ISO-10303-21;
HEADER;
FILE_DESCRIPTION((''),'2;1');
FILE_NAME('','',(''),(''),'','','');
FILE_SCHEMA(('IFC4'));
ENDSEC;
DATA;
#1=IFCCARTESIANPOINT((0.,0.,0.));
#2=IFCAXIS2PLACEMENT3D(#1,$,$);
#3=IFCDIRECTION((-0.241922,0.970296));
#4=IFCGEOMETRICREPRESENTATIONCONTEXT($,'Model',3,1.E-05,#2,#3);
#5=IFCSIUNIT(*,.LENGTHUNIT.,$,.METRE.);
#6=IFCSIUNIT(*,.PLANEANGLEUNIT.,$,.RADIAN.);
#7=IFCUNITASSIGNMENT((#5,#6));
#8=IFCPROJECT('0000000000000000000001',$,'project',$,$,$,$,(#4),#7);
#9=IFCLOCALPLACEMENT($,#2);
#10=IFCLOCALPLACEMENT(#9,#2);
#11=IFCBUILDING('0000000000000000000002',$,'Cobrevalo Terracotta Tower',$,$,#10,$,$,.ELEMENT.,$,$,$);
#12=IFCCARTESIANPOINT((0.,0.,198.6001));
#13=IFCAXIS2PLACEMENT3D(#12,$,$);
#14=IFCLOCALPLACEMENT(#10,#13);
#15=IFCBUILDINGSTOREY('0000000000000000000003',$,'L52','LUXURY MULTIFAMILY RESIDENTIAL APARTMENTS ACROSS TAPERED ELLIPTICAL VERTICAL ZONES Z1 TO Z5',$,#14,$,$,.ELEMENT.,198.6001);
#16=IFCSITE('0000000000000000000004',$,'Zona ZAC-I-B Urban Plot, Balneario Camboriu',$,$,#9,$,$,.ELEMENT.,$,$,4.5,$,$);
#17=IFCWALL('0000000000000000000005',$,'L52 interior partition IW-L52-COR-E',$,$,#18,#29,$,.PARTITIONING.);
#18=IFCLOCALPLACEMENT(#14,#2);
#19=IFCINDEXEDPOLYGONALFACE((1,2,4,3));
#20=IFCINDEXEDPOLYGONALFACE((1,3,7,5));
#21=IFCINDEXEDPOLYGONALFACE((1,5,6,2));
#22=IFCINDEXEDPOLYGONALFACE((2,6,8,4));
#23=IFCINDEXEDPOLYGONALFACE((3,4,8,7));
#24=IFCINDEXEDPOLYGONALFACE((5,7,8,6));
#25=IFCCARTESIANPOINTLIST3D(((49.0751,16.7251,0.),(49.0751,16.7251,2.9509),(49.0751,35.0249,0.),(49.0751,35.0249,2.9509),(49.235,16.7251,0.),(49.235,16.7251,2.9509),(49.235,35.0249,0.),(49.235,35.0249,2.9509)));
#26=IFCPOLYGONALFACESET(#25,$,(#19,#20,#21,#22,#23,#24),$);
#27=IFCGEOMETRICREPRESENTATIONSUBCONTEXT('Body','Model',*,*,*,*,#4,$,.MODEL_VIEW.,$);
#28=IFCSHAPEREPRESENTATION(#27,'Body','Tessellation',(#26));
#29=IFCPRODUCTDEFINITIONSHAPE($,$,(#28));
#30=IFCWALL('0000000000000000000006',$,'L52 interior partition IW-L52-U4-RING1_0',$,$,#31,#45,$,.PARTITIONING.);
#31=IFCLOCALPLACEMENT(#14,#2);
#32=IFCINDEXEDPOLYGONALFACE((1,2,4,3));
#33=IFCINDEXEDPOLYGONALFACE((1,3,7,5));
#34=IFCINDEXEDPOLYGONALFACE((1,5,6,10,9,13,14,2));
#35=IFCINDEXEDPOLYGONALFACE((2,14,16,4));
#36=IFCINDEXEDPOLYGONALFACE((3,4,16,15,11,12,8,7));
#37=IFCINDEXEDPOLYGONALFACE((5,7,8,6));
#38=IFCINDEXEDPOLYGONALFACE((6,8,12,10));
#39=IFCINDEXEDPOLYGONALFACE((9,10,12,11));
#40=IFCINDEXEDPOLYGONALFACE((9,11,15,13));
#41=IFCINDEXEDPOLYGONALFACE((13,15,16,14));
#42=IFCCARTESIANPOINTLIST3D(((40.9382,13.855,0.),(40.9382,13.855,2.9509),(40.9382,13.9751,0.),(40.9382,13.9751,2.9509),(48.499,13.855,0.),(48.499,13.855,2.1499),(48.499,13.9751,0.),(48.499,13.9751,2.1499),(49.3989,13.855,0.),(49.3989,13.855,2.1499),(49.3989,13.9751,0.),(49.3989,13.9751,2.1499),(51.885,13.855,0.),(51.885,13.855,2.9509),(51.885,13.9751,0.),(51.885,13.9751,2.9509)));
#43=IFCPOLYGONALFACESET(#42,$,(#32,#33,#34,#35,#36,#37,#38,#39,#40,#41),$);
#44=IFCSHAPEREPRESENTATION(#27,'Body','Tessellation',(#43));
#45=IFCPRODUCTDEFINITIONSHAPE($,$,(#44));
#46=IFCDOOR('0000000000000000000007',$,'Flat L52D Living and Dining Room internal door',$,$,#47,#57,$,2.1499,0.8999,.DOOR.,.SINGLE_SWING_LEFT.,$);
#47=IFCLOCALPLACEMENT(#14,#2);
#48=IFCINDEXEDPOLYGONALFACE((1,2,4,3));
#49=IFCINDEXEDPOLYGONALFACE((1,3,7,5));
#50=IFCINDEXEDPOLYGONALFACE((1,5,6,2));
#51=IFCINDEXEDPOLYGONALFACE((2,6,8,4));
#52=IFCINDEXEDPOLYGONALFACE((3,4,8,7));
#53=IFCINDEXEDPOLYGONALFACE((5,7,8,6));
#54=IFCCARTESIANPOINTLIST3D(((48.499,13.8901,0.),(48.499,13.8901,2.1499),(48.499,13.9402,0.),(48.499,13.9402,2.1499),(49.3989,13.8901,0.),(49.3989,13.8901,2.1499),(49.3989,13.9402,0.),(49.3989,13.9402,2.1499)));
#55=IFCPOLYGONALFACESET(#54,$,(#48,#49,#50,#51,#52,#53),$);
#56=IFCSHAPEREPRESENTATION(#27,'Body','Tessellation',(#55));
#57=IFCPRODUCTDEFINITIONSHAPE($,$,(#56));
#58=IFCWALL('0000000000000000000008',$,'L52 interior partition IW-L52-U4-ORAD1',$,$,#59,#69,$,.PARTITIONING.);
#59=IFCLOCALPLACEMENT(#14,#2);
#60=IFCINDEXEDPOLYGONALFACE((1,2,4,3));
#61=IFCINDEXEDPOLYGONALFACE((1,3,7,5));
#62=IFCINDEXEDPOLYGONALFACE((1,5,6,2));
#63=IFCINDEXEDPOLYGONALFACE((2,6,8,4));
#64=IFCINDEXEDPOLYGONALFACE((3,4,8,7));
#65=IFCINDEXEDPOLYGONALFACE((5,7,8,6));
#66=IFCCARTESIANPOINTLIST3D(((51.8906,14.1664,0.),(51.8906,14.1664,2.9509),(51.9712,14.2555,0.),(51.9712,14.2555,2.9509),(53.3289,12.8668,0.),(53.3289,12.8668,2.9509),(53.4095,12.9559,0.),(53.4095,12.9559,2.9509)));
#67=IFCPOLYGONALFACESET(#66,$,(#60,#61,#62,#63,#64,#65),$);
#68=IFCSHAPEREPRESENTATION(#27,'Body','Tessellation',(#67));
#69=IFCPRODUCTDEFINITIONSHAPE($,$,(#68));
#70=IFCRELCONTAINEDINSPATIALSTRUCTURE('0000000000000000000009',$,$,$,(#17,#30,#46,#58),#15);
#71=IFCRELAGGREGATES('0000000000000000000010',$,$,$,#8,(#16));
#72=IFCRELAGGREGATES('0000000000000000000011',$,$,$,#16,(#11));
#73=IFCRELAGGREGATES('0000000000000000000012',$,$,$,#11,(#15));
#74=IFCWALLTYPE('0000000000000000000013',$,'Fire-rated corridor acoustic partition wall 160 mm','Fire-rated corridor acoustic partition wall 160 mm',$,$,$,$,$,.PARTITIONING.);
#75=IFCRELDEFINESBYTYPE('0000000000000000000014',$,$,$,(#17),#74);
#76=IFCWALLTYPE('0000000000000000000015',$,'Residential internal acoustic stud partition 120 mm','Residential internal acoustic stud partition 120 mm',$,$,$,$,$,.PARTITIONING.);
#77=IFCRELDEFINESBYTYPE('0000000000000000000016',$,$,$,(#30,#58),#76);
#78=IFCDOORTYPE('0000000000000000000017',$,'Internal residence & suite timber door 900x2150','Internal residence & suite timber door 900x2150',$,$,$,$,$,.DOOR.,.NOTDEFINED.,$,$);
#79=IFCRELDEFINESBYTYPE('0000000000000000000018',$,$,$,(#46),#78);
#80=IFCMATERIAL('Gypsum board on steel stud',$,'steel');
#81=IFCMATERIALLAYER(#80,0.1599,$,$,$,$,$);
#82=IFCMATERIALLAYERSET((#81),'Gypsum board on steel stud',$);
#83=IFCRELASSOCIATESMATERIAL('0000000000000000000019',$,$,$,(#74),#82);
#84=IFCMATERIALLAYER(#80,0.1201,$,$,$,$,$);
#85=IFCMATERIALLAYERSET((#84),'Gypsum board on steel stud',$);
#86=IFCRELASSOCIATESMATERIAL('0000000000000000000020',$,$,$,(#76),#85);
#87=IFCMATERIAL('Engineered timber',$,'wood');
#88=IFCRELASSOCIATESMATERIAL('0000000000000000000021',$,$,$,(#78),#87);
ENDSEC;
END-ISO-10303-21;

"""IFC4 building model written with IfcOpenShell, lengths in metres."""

from ifc_helpers import new_model, si_unit, direction, frame, frame_2d, origin, place, context, subcontext, project, spatial, rectangle, extrude, source, transform, mapped, material, layer, layer_set, type_object, element, fill, save


model = new_model("IFC4")

# Units and contexts
model_context = context("Model", 3, precision=1e-05, world=origin(), true_north=direction((-0.241922, 0.970296)))
body_context = subcontext(model_context, "Body", "Model", "MODEL_VIEW")
ifc_project = project(units=[si_unit("LENGTHUNIT", "METRE"), si_unit("PLANEANGLEUNIT", "RADIAN")], contexts=[model_context])

# Site, building, storey
site_placement = place(None, origin())
site = spatial("IfcSite", under=ifc_project, at=site_placement, Name="Zona ZAC-I-B Urban Plot, Balneario Camboriu", CompositionType="ELEMENT", RefElevation=4.5)
building_placement = place(site_placement, origin())
building = spatial("IfcBuilding", under=site, at=building_placement, Name="Cobrevalo Terracotta Tower", CompositionType="ELEMENT")
storey_placement = place(building_placement, frame((0.0, 0.0, 198.6001)))
storey = spatial("IfcBuildingStorey", under=building, at=storey_placement, Name="L52", Description="LUXURY MULTIFAMILY RESIDENTIAL APARTMENTS ACROSS TAPERED ELLIPTICAL VERTICAL ZONES Z1 TO Z5", CompositionType="ELEMENT", Elevation=198.6001)

# Wall
ifc_material_1 = material(Name="Gypsum board on steel stud", Category="steel")
ifc_layer_1 = layer(ifc_material_1, 0.1599)
ifc_layer_set_1 = layer_set([ifc_layer_1], Name="Gypsum board on steel stud")
wall_type_1 = type_object("IfcWallType", Name="Fire-rated corridor acoustic partition wall 160 mm", Description="Fire-rated corridor acoustic partition wall 160 mm", PredefinedType="PARTITIONING", material=ifc_layer_set_1)
wall_1_placement = place(storey_placement, frame((49.155, 16.7251, 0.0), z_axis=(0.0, 0.0, 1.0), x_axis=(0.0, 1.0, 0.0)))
element("IfcWall", 1, at=wall_1_placement, inside=storey, type_object=wall_type_1, Name="L52 interior partition IW-L52-COR-E", PredefinedType="PARTITIONING", context=body_context, shape_type="SweptSolid", body=[
    extrude(rectangle(XDim=18.2998, YDim=0.1599, at=frame_2d((9.1499, 0.0))), origin(), (0.0, 0.0, 1.0), 2.9509),
])

# Wall, opening, door
ifc_layer_2 = layer(ifc_material_1, 0.1201)
ifc_layer_set_2 = layer_set([ifc_layer_2], Name="Gypsum board on steel stud")
wall_type_2 = type_object("IfcWallType", Name="Residential internal acoustic stud partition 120 mm", Description="Residential internal acoustic stud partition 120 mm", PredefinedType="PARTITIONING", material=ifc_layer_set_2)
wall_2_placement = place(storey_placement, frame((51.885, 13.915, 0.0), z_axis=(0.0, 0.0, 1.0), x_axis=(-1.0, 0.0, 0.0)))
wall_2 = element("IfcWall", 2, at=wall_2_placement, inside=storey, type_object=wall_type_2, Name="L52 interior partition IW-L52-U4-RING1_0", PredefinedType="PARTITIONING", context=body_context, shape_type="SweptSolid", body=[
    extrude(rectangle(XDim=10.9468, YDim=0.1201, at=frame_2d((5.4734, 0.0))), origin(), (0.0, 0.0, 1.0), 2.9509),
])
opening_placement = place(wall_2_placement, frame((2.4861, 0.0, 0.0)))
opening = element("IfcOpeningElement", 3, at=opening_placement, cuts=wall_2, PredefinedType="OPENING", context=body_context, shape_type="SweptSolid", body=[
    extrude(rectangle(XDim=0.8999, YDim=2.1499, at=frame_2d((0.45, 1.075))), frame((0.0, 0.0701, 0.0), z_axis=(0.0, -1.0, 0.0), x_axis=(1.0, 0.0, 0.0)), (0.0, 0.0, 1.0), 0.1401),
])
ifc_material_2 = material(Name="Engineered timber", Category="wood")
door_type = type_object("IfcDoorType", Name="Internal residence & suite timber door 900x2150", Description="Internal residence & suite timber door 900x2150", OperationType="NOTDEFINED", PredefinedType="DOOR", material=ifc_material_2)
shared_shape_1 = source(origin(), body_context, "Body", "SweptSolid", [
    extrude(rectangle(XDim=0.8999, YDim=2.1499, at=frame_2d((0.45, 1.075))), frame((0.0, 0.0249, 0.0), z_axis=(0.0, -1.0, 0.0), x_axis=(1.0, 0.0, 0.0)), (0.0, 0.0, 1.0), 0.05),
])
door_placement = place(opening_placement, origin())
door = element("IfcDoor", 4, at=door_placement, inside=storey, type_object=door_type, Name="Flat L52D Living and Dining Room internal door", OperationType="SINGLE_SWING_LEFT", OverallHeight=2.1499, OverallWidth=0.8999, PredefinedType="DOOR", context=body_context, shape_type="MappedRepresentation", body=[
    mapped(shared_shape_1, transform((0.0, 0.0, 0.0), scale=1.0)),
])
fill(opening, door)

# Wall
wall_3_placement = place(storey_placement, frame((51.9309, 14.2109, 0.0), z_axis=(0.0, 0.0, 1.0), x_axis=(0.741971, -0.670432, 0.0)))
element("IfcWall", 5, at=wall_3_placement, inside=storey, type_object=wall_type_2, Name="L52 interior partition IW-L52-U4-ORAD1", PredefinedType="PARTITIONING", context=body_context, shape_type="SweptSolid", body=[
    extrude(rectangle(XDim=1.9385, YDim=0.1201, at=frame_2d((0.9692, 0.0))), origin(), (0.0, 0.0, 1.0), 2.9509),
])

save(model, "model.ifc")
